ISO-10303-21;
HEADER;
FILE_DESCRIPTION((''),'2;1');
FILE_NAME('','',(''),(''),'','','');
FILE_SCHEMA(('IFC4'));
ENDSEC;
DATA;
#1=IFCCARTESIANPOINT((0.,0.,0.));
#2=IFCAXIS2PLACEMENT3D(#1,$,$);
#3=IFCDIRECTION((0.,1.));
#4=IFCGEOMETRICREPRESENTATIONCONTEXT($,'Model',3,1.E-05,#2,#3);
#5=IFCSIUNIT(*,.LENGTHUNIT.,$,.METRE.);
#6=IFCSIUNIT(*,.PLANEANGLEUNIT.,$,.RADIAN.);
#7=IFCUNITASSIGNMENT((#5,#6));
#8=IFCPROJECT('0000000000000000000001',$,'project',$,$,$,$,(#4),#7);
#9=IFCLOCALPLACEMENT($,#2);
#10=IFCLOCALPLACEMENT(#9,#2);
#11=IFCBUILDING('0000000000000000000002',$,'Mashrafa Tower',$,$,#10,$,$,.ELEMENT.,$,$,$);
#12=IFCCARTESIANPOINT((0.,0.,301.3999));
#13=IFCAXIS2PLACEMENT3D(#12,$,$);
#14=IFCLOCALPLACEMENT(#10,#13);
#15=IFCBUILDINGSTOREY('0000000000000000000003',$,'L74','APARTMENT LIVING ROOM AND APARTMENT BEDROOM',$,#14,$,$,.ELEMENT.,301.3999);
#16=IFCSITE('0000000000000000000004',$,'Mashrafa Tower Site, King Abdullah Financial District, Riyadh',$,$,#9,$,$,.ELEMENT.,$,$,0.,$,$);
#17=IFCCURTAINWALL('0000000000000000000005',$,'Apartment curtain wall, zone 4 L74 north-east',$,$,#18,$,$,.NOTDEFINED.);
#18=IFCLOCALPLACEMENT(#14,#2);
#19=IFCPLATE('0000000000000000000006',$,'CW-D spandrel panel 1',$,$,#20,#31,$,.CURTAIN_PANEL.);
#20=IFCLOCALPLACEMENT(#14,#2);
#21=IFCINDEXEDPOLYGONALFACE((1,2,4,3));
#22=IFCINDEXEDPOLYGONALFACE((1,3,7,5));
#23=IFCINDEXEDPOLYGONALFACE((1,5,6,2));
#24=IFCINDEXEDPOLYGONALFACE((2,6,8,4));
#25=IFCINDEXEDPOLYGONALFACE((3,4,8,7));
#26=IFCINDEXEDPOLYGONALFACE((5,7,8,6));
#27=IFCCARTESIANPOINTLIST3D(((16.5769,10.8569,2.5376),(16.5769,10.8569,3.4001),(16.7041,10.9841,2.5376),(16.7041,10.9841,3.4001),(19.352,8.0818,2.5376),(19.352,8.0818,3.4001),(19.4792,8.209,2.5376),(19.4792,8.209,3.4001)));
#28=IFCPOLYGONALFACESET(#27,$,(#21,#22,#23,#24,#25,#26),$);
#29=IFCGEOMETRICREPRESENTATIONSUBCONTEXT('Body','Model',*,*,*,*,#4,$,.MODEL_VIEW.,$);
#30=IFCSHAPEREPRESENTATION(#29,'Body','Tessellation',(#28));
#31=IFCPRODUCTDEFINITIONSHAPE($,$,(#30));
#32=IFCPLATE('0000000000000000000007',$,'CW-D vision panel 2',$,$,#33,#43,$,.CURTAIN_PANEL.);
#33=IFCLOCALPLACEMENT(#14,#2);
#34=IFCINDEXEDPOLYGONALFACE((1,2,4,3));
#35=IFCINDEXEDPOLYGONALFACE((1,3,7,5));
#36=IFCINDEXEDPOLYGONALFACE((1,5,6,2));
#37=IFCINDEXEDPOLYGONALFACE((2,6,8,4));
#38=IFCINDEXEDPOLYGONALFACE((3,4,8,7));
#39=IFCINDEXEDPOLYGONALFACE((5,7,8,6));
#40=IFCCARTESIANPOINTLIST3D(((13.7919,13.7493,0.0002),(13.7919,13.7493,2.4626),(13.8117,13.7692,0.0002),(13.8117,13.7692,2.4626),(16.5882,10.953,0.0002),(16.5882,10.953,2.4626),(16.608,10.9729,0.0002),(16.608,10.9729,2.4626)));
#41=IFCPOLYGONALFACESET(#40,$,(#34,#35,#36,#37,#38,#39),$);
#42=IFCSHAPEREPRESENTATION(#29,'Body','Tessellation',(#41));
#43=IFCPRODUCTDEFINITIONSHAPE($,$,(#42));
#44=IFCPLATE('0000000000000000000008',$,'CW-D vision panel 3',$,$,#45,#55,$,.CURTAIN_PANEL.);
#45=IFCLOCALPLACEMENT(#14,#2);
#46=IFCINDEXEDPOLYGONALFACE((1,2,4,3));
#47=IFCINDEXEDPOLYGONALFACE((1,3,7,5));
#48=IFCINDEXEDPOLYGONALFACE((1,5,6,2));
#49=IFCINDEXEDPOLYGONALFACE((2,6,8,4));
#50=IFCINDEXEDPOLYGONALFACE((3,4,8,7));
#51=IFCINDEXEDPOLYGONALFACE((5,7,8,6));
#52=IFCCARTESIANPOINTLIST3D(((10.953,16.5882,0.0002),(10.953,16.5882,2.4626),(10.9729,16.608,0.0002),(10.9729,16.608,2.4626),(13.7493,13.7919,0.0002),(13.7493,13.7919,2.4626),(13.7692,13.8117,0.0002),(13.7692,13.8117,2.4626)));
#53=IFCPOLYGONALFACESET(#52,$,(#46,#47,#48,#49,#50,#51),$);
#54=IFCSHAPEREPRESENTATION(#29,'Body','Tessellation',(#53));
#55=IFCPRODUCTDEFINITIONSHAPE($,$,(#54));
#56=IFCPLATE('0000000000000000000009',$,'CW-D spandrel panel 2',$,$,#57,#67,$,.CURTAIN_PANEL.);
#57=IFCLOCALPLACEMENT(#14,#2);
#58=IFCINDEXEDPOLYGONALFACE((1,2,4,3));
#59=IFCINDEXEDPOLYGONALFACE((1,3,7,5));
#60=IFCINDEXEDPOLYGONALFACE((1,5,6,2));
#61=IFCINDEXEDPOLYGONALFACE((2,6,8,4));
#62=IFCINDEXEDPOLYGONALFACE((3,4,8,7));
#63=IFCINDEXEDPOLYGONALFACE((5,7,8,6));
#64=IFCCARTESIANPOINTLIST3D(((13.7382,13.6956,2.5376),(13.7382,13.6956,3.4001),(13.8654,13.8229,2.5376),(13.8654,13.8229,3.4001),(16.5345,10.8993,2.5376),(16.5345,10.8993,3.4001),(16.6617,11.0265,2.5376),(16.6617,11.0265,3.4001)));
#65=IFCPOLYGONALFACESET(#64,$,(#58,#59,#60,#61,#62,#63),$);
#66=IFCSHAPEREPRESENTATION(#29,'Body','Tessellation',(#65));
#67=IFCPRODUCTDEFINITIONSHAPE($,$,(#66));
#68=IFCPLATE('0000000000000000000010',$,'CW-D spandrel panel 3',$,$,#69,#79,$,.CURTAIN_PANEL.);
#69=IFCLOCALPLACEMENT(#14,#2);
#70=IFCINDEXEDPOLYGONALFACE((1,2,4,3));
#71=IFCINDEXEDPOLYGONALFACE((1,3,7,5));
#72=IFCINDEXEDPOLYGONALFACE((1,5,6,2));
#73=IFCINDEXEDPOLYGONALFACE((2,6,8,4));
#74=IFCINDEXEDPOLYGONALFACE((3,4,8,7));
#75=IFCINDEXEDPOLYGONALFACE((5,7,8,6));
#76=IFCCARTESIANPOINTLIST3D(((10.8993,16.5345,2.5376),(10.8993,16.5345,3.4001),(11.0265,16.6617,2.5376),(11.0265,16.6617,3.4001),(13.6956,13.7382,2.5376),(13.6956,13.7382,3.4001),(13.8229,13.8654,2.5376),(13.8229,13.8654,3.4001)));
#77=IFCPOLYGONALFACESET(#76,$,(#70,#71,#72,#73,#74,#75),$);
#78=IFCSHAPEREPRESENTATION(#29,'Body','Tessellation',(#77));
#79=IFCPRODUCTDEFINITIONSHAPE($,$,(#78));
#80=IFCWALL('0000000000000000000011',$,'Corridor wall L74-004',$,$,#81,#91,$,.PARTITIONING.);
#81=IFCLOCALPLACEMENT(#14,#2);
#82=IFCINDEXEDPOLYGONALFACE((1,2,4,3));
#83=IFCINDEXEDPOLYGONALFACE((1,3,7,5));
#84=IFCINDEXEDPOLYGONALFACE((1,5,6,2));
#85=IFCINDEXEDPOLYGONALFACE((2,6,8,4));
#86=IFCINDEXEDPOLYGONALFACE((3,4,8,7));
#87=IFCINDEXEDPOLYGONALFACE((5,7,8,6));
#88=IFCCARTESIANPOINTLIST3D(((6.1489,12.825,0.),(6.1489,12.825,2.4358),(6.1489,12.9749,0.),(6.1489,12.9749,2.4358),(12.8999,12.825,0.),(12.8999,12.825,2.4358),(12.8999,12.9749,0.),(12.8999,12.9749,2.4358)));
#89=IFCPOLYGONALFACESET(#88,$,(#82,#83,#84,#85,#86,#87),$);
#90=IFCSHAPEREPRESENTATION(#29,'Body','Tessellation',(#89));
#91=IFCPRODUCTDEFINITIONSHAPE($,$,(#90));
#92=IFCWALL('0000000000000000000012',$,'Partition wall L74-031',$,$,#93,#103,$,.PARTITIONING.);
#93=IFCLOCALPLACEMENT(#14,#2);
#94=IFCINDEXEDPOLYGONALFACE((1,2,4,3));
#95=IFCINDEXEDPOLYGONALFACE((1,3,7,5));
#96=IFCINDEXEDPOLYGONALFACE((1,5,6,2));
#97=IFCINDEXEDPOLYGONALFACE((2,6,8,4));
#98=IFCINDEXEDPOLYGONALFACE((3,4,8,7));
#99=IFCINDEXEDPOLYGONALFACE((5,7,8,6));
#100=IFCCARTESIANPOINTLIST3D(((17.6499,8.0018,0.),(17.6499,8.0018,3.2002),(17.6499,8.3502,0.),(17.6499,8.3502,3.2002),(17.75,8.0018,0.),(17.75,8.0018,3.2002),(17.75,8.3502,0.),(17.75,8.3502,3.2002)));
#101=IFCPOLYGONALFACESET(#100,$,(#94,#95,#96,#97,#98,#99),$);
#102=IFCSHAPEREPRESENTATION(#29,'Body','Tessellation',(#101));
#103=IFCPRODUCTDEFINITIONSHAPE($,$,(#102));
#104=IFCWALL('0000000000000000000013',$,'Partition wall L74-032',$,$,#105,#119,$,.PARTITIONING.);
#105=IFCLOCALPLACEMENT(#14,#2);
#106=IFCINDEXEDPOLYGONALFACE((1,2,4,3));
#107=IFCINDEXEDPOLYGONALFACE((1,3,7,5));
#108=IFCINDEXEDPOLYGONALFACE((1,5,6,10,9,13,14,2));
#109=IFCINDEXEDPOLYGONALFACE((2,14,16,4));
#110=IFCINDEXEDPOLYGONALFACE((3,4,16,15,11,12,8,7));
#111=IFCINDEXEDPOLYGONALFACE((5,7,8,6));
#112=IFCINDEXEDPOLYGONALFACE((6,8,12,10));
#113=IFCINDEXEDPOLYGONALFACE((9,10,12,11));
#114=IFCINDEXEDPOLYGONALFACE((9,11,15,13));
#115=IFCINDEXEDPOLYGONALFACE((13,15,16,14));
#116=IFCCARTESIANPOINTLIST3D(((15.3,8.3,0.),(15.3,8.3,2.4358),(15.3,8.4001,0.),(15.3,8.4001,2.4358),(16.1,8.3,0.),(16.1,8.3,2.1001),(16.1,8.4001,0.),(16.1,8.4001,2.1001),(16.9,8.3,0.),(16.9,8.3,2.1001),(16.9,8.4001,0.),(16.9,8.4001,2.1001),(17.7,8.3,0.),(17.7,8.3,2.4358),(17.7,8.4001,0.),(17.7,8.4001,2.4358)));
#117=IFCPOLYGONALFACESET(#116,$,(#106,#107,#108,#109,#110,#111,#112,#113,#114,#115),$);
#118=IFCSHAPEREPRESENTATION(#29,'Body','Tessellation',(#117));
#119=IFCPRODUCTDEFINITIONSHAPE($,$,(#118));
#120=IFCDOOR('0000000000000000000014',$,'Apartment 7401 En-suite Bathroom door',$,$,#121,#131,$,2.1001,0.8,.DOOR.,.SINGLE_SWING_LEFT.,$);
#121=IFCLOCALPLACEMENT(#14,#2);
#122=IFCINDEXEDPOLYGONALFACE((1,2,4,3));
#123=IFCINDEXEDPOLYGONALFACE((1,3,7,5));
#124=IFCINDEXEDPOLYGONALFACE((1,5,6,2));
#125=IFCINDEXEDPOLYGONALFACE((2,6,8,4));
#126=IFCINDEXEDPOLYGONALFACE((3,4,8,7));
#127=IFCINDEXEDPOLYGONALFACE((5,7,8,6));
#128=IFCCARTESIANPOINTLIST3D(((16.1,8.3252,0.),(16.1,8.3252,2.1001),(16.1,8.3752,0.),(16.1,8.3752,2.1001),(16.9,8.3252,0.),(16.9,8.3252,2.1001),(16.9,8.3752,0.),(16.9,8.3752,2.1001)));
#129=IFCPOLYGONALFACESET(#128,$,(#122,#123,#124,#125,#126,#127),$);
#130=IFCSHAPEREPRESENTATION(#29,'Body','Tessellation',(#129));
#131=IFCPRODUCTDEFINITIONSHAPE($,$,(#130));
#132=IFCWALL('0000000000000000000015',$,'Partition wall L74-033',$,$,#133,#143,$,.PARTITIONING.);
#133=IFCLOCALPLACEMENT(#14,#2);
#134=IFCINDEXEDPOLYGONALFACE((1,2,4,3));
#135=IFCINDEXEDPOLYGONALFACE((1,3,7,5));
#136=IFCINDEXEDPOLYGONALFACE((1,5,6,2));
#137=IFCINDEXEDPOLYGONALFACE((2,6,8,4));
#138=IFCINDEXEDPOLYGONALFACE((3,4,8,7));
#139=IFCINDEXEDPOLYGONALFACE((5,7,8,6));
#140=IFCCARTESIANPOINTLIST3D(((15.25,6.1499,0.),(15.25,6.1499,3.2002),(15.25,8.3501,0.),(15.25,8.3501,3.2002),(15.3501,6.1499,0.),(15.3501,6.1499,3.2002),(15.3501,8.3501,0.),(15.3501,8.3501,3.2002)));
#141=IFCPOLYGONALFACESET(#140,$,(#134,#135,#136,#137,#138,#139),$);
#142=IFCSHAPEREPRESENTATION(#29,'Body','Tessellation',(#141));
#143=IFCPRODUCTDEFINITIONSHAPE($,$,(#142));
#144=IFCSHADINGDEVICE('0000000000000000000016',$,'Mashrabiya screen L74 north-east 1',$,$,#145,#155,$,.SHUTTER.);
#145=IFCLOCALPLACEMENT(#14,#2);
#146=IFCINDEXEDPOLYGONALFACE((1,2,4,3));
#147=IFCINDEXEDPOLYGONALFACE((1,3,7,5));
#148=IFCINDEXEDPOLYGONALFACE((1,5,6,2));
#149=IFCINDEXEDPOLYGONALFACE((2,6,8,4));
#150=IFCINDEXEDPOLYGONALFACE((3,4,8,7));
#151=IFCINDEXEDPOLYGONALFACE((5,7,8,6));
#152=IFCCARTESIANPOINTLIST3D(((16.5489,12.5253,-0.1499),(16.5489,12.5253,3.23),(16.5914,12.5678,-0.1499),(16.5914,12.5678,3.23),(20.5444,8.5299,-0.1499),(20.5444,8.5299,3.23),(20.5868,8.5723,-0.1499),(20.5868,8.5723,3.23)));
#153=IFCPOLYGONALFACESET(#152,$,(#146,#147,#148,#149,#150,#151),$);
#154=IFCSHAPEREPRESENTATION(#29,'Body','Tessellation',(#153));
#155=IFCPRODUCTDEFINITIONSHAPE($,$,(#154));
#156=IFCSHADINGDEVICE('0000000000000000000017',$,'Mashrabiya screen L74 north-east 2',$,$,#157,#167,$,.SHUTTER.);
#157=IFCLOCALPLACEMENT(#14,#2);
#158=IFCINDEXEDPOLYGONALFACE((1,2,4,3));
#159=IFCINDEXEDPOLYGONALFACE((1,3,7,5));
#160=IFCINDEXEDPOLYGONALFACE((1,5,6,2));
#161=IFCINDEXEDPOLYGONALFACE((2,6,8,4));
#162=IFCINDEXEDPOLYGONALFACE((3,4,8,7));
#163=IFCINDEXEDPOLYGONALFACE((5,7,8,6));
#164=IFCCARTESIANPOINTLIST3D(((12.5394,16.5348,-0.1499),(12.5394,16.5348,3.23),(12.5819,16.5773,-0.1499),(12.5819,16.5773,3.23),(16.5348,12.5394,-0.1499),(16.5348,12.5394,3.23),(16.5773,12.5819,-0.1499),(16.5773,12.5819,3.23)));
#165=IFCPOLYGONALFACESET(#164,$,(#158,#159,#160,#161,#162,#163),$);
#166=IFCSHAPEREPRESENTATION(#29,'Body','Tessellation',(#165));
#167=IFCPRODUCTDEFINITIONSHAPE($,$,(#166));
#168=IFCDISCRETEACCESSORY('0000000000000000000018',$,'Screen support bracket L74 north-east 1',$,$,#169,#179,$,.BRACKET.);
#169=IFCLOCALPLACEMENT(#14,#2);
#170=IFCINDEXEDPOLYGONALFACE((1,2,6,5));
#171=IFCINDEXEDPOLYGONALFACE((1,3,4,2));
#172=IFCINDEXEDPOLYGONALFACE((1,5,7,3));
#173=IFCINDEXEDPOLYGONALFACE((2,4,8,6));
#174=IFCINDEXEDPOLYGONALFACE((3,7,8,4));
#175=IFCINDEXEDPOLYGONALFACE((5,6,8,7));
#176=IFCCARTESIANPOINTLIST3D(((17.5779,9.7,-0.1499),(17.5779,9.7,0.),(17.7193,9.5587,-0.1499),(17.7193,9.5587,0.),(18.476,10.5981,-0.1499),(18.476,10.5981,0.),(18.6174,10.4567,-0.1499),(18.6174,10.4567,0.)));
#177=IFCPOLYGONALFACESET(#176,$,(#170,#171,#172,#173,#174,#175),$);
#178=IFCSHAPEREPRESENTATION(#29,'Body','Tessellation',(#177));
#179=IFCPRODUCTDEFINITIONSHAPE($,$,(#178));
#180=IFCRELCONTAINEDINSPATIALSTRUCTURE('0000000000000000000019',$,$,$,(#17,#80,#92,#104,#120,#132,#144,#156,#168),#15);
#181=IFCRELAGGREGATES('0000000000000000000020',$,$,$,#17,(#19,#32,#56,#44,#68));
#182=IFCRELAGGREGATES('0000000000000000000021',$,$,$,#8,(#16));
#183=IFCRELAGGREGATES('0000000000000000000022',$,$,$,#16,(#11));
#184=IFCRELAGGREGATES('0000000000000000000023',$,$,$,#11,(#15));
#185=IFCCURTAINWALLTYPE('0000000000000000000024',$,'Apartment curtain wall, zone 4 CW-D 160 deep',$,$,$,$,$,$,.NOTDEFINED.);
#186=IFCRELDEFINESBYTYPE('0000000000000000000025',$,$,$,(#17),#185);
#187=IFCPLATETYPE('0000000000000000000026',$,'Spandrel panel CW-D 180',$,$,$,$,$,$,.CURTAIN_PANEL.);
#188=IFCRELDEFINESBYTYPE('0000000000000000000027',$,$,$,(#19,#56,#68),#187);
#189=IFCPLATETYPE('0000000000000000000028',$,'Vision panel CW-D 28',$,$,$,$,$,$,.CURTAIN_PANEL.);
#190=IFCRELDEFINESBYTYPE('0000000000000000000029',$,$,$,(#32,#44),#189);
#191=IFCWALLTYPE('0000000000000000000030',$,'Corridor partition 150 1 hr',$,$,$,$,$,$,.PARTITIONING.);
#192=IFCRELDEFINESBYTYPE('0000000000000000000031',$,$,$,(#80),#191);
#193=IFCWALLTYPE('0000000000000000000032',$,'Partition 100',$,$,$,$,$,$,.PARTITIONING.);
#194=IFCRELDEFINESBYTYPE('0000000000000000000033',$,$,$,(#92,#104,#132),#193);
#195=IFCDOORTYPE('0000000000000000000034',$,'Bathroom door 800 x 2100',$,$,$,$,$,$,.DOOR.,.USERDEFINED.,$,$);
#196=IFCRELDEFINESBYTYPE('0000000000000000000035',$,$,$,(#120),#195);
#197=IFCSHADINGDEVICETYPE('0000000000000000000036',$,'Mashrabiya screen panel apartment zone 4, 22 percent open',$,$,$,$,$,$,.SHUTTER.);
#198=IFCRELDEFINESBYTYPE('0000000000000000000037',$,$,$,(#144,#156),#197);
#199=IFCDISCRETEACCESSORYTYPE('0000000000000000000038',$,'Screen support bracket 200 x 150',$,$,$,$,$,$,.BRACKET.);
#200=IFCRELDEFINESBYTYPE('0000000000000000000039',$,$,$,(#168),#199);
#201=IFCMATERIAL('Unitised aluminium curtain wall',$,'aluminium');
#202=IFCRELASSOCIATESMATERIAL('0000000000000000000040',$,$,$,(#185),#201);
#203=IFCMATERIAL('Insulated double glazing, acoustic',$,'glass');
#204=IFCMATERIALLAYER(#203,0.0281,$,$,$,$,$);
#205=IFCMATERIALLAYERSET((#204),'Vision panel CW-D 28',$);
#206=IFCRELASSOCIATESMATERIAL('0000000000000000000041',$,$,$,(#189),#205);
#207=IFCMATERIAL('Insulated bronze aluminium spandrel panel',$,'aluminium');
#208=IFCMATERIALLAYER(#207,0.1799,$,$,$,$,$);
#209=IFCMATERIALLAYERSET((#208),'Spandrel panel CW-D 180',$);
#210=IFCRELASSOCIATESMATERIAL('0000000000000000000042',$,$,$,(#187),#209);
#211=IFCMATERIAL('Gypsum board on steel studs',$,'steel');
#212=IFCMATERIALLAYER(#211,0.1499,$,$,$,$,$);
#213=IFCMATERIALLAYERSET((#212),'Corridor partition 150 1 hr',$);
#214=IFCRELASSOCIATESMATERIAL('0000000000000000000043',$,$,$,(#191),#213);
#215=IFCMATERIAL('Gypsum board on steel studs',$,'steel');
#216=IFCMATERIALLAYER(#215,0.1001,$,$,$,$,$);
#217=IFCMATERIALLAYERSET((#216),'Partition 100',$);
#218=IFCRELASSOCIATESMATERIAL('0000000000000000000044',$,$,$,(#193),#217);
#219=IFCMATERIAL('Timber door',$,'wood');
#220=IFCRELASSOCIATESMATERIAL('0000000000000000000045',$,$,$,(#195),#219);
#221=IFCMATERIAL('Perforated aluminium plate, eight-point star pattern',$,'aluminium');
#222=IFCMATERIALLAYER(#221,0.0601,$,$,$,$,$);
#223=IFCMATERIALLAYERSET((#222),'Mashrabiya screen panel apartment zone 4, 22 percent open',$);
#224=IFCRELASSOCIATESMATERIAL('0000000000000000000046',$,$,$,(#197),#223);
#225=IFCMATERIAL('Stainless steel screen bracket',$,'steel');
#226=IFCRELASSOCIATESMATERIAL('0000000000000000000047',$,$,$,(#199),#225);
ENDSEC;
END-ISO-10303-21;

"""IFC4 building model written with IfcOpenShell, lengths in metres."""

from ifc_helpers import new_model, si_unit, direction, frame, frame_2d, origin, origin_2d, place, context, subcontext, project, spatial, rectangle, extrude, source, transform, mapped, material, layer, layer_set, type_object, type_shapes, element, fill, aggregate, save


model = new_model("IFC4")

# Units and contexts
model_context = context("Model", 3, precision=1e-05, world=origin(), true_north=direction((0.0, 1.0)))
body_context = subcontext(model_context, "Body", "Model", "MODEL_VIEW")
ifc_project = project(units=[si_unit("LENGTHUNIT", "METRE"), si_unit("PLANEANGLEUNIT", "RADIAN")], contexts=[model_context])

# Site, building, storey
site_placement = place(None, origin())
site = spatial("IfcSite", under=ifc_project, at=site_placement, Name="Mashrafa Tower Site, King Abdullah Financial District, Riyadh", CompositionType="ELEMENT", RefElevation=0.0)
building_placement = place(site_placement, origin())
building = spatial("IfcBuilding", under=site, at=building_placement, Name="Mashrafa Tower", CompositionType="ELEMENT")
storey_placement = place(building_placement, frame((0.0, 0.0, 301.3999)))
storey = spatial("IfcBuildingStorey", under=building, at=storey_placement, Name="L74", Description="APARTMENT LIVING ROOM AND APARTMENT BEDROOM", CompositionType="ELEMENT", Elevation=301.3999)

# Shared definitions
ifc_material_1 = material(Name="Unitised aluminium curtain wall", Category="aluminium")
curtain_wall_type = type_object("IfcCurtainWallType", Name="Apartment curtain wall, zone 4 CW-D 160 deep", PredefinedType="NOTDEFINED", material=ifc_material_1)

# Curtain wall, plates
curtain_wall_1_placement = place(storey_placement, origin())
curtain_wall_1 = element("IfcCurtainWall", 1, at=curtain_wall_1_placement, inside=storey, type_object=curtain_wall_type, Name="Apartment curtain wall, zone 4 L74 north-east", PredefinedType="NOTDEFINED")
ifc_material_2 = material(Name="Insulated double glazing, acoustic", Category="glass")
ifc_layer_1 = layer(ifc_material_2, 0.0281)
ifc_layer_set_1 = layer_set([ifc_layer_1], Name="Vision panel CW-D 28")
plate_type_1 = type_object("IfcPlateType", Name="Vision panel CW-D 28", PredefinedType="CURTAIN_PANEL", material=ifc_layer_set_1)
ifc_material_3 = material(Name="Insulated bronze aluminium spandrel panel", Category="aluminium")
ifc_layer_2 = layer(ifc_material_3, 0.1799)
ifc_layer_set_2 = layer_set([ifc_layer_2], Name="Spandrel panel CW-D 180")
plate_type_2 = type_object("IfcPlateType", Name="Spandrel panel CW-D 180", PredefinedType="CURTAIN_PANEL", material=ifc_layer_set_2)
shared_shape_1 = source(origin(), body_context, "Body", "SweptSolid", [
    extrude(rectangle(XDim=3.9246, YDim=0.1799, at=origin_2d()), origin(), (0.0, 0.0, 1.0), 0.8625),
])
plate_1_placement = place(storey_placement, frame((18.0281, 9.533, 2.5376), z_axis=(0.0, 0.0, 1.0), x_axis=(-0.707107, 0.707107, 0.0)))
plate_1 = element("IfcPlate", 2, at=plate_1_placement, type_object=plate_type_2, Name="CW-D spandrel panel 1", PredefinedType="CURTAIN_PANEL", context=body_context, shape_type="MappedRepresentation", body=[
    mapped(shared_shape_1, transform((0.0, 0.0, 0.0))),
])
shared_shape_2 = source(origin(), body_context, "Body", "SweptSolid", [
    extrude(rectangle(XDim=3.9546, YDim=0.0281, at=origin_2d()), origin(), (0.0, 0.0, 1.0), 2.4624),
])
plate_2_placement = place(storey_placement, frame((15.2, 12.3611, 0.0002), z_axis=(0.0, 0.0, 1.0), x_axis=(-0.707107, 0.707107, 0.0)))
plate_2 = element("IfcPlate", 3, at=plate_2_placement, type_object=plate_type_1, Name="CW-D vision panel 2", PredefinedType="CURTAIN_PANEL", context=body_context, shape_type="MappedRepresentation", body=[
    mapped(shared_shape_2, transform((0.0, 0.0, 0.0))),
])
plate_3_placement = place(storey_placement, frame((12.3611, 15.2, 0.0002), z_axis=(0.0, 0.0, 1.0), x_axis=(-0.707107, 0.707107, 0.0)))
plate_3 = element("IfcPlate", 4, at=plate_3_placement, type_object=plate_type_1, Name="CW-D vision panel 3", PredefinedType="CURTAIN_PANEL", context=body_context, shape_type="MappedRepresentation", body=[
    mapped(shared_shape_2, transform((0.0, 0.0, 0.0))),
])
shared_shape_3 = source(origin(), body_context, "Body", "SweptSolid", [
    extrude(rectangle(XDim=3.9546, YDim=0.1799, at=origin_2d()), origin(), (0.0, 0.0, 1.0), 0.8625),
])
type_shapes(plate_type_2, [shared_shape_1, shared_shape_3])
plate_4_placement = place(storey_placement, frame((15.2, 12.3611, 2.5376), z_axis=(0.0, 0.0, 1.0), x_axis=(-0.707107, 0.707107, 0.0)))
plate_4 = element("IfcPlate", 5, at=plate_4_placement, type_object=plate_type_2, Name="CW-D spandrel panel 2", PredefinedType="CURTAIN_PANEL", context=body_context, shape_type="MappedRepresentation", body=[
    mapped(shared_shape_3, transform((0.0, 0.0, 0.0))),
])
plate_5_placement = place(storey_placement, frame((12.3611, 15.2, 2.5376), z_axis=(0.0, 0.0, 1.0), x_axis=(-0.707107, 0.707107, 0.0)))
plate_5 = element("IfcPlate", 6, at=plate_5_placement, type_object=plate_type_2, Name="CW-D spandrel panel 3", PredefinedType="CURTAIN_PANEL", context=body_context, shape_type="MappedRepresentation", body=[
    mapped(shared_shape_3, transform((0.0, 0.0, 0.0))),
])
aggregate(curtain_wall_1, [plate_1, plate_2, plate_4, plate_3, plate_5])

# Walls
ifc_material_4 = material(Name="Gypsum board on steel studs", Category="steel")
ifc_layer_3 = layer(ifc_material_4, 0.1499)
ifc_layer_set_3 = layer_set([ifc_layer_3], Name="Corridor partition 150 1 hr")
wall_type_1 = type_object("IfcWallType", Name="Corridor partition 150 1 hr", PredefinedType="PARTITIONING", material=ifc_layer_set_3)
wall_1_placement = place(storey_placement, frame((12.8999, 12.8999, 0.0), z_axis=(0.0, 0.0, 1.0), x_axis=(-1.0, 0.0, 0.0)))
element("IfcWall", 7, at=wall_1_placement, inside=storey, type_object=wall_type_1, Name="Corridor wall L74-004", PredefinedType="PARTITIONING", context=body_context, shape_type="SweptSolid", body=[
    extrude(rectangle(XDim=6.751, YDim=0.1499, at=frame_2d((3.3755, 0.0))), origin(), (0.0, 0.0, 1.0), 2.4358),
])
ifc_material_5 = material(Name="Gypsum board on steel studs", Category="steel")
ifc_layer_4 = layer(ifc_material_5, 0.1001)
ifc_layer_set_4 = layer_set([ifc_layer_4], Name="Partition 100")
wall_type_2 = type_object("IfcWallType", Name="Partition 100", PredefinedType="PARTITIONING", material=ifc_layer_set_4)
wall_2_placement = place(storey_placement, frame((17.7, 8.0017, 0.0), z_axis=(0.0, 0.0, 1.0), x_axis=(0.0, 1.0, 0.0)))
element("IfcWall", 8, at=wall_2_placement, inside=storey, type_object=wall_type_2, Name="Partition wall L74-031", PredefinedType="PARTITIONING", context=body_context, shape_type="SweptSolid", body=[
    extrude(rectangle(XDim=0.3484, YDim=0.1001, at=frame_2d((0.1743, 0.0))), origin(), (0.0, 0.0, 1.0), 3.2002),
])

# Wall, opening, door
wall_3_placement = place(storey_placement, frame((17.7, 8.3501, 0.0), z_axis=(0.0, 0.0, 1.0), x_axis=(-1.0, 0.0, 0.0)))
wall_3 = element("IfcWall", 9, at=wall_3_placement, inside=storey, type_object=wall_type_2, Name="Partition wall L74-032", PredefinedType="PARTITIONING", context=body_context, shape_type="SweptSolid", body=[
    extrude(rectangle(XDim=2.3999, YDim=0.1001, at=frame_2d((1.2, 0.0))), origin(), (0.0, 0.0, 1.0), 2.4358),
])
opening_placement = place(wall_3_placement, frame((0.8, 0.0, 0.0)))
opening = element("IfcOpeningElement", 10, at=opening_placement, cuts=wall_3, PredefinedType="OPENING", context=body_context, shape_type="SweptSolid", body=[
    extrude(rectangle(XDim=0.8, YDim=2.1001, at=frame_2d((0.3999, 1.05))), frame((0.0, 0.0601, 0.0), z_axis=(0.0, -1.0, 0.0), x_axis=(1.0, 0.0, 0.0)), (0.0, 0.0, 1.0), 0.1201),
])
ifc_material_6 = material(Name="Timber door", Category="wood")
door_type = type_object("IfcDoorType", Name="Bathroom door 800 x 2100", OperationType="USERDEFINED", PredefinedType="DOOR", material=ifc_material_6)
door_placement = place(opening_placement, origin())
door = element("IfcDoor", 11, at=door_placement, inside=storey, type_object=door_type, Name="Apartment 7401 En-suite Bathroom door", OperationType="SINGLE_SWING_LEFT", OverallHeight=2.1001, OverallWidth=0.8, PredefinedType="DOOR", context=body_context, shape_type="SweptSolid", body=[
    extrude(rectangle(XDim=0.8, YDim=2.1001, at=frame_2d((0.3999, 1.05))), frame((0.0, 0.0249, 0.0), z_axis=(0.0, -1.0, 0.0), x_axis=(1.0, 0.0, 0.0)), (0.0, 0.0, 1.0), 0.05),
])
fill(opening, door)

# Wall
wall_4_placement = place(storey_placement, frame((15.3, 8.3501, 0.0), z_axis=(0.0, 0.0, 1.0), x_axis=(0.0, -1.0, 0.0)))
element("IfcWall", 12, at=wall_4_placement, inside=storey, type_object=wall_type_2, Name="Partition wall L74-033", PredefinedType="PARTITIONING", context=body_context, shape_type="SweptSolid", body=[
    extrude(rectangle(XDim=2.2002, YDim=0.1001, at=frame_2d((1.1001, 0.0))), origin(), (0.0, 0.0, 1.0), 3.2002),
])

# Shading devices
ifc_material_7 = material(Name="Perforated aluminium plate, eight-point star pattern", Category="aluminium")
ifc_layer_5 = layer(ifc_material_7, 0.0601)
ifc_layer_set_5 = layer_set([ifc_layer_5], Name="Mashrabiya screen panel apartment zone 4, 22 percent open")
shading_device_type = type_object("IfcShadingDeviceType", Name="Mashrabiya screen panel apartment zone 4, 22 percent open", PredefinedType="SHUTTER", material=ifc_layer_set_5)
shared_shape_4 = source(origin(), body_context, "Body", "SweptSolid", [
    extrude(rectangle(XDim=5.6504, YDim=0.0601, at=origin_2d()), origin(), (0.0, 0.0, 1.0), 3.3799),
])
type_shapes(shading_device_type, [shared_shape_4])
for number, where, z_axis, x_axis, name in (
    (13, (18.5679, 10.5488, -0.1499), (0.0, 0.0, 1.0), (-0.707107, 0.707107, 0.0), "Mashrabiya screen L74 north-east 1"),
    (14, (14.5583, 14.5583, -0.1499), (0.0, 0.0, 1.0), (-0.707107, 0.707107, 0.0), "Mashrabiya screen L74 north-east 2"),
):
    element("IfcShadingDevice", number, at=place(storey_placement, frame(where, z_axis=z_axis, x_axis=x_axis)), inside=storey, type_object=shading_device_type, Name=name, PredefinedType="SHUTTER", context=body_context, shape_type="MappedRepresentation", body=[
        mapped(shared_shape_4, transform((0.0, 0.0, 0.0))),
    ])

# Discrete accessory
ifc_material_8 = material(Name="Stainless steel screen bracket", Category="steel")
discrete_accessory_type = type_object("IfcDiscreteAccessoryType", Name="Screen support bracket 200 x 150", PredefinedType="BRACKET", material=ifc_material_8)
shared_shape_5 = source(origin(), body_context, "Body", "SweptSolid", [
    extrude(rectangle(XDim=0.2, YDim=1.27, at=origin_2d()), origin(), (0.0, 0.0, 1.0), 0.1499),
])
type_shapes(discrete_accessory_type, [shared_shape_5])
for number, where, z_axis, x_axis, name in (
    (15, (18.0977, 10.0784, -0.1499), (0.0, 0.0, 1.0), (-0.707107, 0.707107, 0.0), "Screen support bracket L74 north-east 1"),
):
    element("IfcDiscreteAccessory", number, at=place(storey_placement, frame(where, z_axis=z_axis, x_axis=x_axis)), inside=storey, type_object=discrete_accessory_type, Name=name, PredefinedType="BRACKET", context=body_context, shape_type="MappedRepresentation", body=[
        mapped(shared_shape_5, transform((0.0, 0.0, 0.0))),
    ])

save(model, "model.ifc")
